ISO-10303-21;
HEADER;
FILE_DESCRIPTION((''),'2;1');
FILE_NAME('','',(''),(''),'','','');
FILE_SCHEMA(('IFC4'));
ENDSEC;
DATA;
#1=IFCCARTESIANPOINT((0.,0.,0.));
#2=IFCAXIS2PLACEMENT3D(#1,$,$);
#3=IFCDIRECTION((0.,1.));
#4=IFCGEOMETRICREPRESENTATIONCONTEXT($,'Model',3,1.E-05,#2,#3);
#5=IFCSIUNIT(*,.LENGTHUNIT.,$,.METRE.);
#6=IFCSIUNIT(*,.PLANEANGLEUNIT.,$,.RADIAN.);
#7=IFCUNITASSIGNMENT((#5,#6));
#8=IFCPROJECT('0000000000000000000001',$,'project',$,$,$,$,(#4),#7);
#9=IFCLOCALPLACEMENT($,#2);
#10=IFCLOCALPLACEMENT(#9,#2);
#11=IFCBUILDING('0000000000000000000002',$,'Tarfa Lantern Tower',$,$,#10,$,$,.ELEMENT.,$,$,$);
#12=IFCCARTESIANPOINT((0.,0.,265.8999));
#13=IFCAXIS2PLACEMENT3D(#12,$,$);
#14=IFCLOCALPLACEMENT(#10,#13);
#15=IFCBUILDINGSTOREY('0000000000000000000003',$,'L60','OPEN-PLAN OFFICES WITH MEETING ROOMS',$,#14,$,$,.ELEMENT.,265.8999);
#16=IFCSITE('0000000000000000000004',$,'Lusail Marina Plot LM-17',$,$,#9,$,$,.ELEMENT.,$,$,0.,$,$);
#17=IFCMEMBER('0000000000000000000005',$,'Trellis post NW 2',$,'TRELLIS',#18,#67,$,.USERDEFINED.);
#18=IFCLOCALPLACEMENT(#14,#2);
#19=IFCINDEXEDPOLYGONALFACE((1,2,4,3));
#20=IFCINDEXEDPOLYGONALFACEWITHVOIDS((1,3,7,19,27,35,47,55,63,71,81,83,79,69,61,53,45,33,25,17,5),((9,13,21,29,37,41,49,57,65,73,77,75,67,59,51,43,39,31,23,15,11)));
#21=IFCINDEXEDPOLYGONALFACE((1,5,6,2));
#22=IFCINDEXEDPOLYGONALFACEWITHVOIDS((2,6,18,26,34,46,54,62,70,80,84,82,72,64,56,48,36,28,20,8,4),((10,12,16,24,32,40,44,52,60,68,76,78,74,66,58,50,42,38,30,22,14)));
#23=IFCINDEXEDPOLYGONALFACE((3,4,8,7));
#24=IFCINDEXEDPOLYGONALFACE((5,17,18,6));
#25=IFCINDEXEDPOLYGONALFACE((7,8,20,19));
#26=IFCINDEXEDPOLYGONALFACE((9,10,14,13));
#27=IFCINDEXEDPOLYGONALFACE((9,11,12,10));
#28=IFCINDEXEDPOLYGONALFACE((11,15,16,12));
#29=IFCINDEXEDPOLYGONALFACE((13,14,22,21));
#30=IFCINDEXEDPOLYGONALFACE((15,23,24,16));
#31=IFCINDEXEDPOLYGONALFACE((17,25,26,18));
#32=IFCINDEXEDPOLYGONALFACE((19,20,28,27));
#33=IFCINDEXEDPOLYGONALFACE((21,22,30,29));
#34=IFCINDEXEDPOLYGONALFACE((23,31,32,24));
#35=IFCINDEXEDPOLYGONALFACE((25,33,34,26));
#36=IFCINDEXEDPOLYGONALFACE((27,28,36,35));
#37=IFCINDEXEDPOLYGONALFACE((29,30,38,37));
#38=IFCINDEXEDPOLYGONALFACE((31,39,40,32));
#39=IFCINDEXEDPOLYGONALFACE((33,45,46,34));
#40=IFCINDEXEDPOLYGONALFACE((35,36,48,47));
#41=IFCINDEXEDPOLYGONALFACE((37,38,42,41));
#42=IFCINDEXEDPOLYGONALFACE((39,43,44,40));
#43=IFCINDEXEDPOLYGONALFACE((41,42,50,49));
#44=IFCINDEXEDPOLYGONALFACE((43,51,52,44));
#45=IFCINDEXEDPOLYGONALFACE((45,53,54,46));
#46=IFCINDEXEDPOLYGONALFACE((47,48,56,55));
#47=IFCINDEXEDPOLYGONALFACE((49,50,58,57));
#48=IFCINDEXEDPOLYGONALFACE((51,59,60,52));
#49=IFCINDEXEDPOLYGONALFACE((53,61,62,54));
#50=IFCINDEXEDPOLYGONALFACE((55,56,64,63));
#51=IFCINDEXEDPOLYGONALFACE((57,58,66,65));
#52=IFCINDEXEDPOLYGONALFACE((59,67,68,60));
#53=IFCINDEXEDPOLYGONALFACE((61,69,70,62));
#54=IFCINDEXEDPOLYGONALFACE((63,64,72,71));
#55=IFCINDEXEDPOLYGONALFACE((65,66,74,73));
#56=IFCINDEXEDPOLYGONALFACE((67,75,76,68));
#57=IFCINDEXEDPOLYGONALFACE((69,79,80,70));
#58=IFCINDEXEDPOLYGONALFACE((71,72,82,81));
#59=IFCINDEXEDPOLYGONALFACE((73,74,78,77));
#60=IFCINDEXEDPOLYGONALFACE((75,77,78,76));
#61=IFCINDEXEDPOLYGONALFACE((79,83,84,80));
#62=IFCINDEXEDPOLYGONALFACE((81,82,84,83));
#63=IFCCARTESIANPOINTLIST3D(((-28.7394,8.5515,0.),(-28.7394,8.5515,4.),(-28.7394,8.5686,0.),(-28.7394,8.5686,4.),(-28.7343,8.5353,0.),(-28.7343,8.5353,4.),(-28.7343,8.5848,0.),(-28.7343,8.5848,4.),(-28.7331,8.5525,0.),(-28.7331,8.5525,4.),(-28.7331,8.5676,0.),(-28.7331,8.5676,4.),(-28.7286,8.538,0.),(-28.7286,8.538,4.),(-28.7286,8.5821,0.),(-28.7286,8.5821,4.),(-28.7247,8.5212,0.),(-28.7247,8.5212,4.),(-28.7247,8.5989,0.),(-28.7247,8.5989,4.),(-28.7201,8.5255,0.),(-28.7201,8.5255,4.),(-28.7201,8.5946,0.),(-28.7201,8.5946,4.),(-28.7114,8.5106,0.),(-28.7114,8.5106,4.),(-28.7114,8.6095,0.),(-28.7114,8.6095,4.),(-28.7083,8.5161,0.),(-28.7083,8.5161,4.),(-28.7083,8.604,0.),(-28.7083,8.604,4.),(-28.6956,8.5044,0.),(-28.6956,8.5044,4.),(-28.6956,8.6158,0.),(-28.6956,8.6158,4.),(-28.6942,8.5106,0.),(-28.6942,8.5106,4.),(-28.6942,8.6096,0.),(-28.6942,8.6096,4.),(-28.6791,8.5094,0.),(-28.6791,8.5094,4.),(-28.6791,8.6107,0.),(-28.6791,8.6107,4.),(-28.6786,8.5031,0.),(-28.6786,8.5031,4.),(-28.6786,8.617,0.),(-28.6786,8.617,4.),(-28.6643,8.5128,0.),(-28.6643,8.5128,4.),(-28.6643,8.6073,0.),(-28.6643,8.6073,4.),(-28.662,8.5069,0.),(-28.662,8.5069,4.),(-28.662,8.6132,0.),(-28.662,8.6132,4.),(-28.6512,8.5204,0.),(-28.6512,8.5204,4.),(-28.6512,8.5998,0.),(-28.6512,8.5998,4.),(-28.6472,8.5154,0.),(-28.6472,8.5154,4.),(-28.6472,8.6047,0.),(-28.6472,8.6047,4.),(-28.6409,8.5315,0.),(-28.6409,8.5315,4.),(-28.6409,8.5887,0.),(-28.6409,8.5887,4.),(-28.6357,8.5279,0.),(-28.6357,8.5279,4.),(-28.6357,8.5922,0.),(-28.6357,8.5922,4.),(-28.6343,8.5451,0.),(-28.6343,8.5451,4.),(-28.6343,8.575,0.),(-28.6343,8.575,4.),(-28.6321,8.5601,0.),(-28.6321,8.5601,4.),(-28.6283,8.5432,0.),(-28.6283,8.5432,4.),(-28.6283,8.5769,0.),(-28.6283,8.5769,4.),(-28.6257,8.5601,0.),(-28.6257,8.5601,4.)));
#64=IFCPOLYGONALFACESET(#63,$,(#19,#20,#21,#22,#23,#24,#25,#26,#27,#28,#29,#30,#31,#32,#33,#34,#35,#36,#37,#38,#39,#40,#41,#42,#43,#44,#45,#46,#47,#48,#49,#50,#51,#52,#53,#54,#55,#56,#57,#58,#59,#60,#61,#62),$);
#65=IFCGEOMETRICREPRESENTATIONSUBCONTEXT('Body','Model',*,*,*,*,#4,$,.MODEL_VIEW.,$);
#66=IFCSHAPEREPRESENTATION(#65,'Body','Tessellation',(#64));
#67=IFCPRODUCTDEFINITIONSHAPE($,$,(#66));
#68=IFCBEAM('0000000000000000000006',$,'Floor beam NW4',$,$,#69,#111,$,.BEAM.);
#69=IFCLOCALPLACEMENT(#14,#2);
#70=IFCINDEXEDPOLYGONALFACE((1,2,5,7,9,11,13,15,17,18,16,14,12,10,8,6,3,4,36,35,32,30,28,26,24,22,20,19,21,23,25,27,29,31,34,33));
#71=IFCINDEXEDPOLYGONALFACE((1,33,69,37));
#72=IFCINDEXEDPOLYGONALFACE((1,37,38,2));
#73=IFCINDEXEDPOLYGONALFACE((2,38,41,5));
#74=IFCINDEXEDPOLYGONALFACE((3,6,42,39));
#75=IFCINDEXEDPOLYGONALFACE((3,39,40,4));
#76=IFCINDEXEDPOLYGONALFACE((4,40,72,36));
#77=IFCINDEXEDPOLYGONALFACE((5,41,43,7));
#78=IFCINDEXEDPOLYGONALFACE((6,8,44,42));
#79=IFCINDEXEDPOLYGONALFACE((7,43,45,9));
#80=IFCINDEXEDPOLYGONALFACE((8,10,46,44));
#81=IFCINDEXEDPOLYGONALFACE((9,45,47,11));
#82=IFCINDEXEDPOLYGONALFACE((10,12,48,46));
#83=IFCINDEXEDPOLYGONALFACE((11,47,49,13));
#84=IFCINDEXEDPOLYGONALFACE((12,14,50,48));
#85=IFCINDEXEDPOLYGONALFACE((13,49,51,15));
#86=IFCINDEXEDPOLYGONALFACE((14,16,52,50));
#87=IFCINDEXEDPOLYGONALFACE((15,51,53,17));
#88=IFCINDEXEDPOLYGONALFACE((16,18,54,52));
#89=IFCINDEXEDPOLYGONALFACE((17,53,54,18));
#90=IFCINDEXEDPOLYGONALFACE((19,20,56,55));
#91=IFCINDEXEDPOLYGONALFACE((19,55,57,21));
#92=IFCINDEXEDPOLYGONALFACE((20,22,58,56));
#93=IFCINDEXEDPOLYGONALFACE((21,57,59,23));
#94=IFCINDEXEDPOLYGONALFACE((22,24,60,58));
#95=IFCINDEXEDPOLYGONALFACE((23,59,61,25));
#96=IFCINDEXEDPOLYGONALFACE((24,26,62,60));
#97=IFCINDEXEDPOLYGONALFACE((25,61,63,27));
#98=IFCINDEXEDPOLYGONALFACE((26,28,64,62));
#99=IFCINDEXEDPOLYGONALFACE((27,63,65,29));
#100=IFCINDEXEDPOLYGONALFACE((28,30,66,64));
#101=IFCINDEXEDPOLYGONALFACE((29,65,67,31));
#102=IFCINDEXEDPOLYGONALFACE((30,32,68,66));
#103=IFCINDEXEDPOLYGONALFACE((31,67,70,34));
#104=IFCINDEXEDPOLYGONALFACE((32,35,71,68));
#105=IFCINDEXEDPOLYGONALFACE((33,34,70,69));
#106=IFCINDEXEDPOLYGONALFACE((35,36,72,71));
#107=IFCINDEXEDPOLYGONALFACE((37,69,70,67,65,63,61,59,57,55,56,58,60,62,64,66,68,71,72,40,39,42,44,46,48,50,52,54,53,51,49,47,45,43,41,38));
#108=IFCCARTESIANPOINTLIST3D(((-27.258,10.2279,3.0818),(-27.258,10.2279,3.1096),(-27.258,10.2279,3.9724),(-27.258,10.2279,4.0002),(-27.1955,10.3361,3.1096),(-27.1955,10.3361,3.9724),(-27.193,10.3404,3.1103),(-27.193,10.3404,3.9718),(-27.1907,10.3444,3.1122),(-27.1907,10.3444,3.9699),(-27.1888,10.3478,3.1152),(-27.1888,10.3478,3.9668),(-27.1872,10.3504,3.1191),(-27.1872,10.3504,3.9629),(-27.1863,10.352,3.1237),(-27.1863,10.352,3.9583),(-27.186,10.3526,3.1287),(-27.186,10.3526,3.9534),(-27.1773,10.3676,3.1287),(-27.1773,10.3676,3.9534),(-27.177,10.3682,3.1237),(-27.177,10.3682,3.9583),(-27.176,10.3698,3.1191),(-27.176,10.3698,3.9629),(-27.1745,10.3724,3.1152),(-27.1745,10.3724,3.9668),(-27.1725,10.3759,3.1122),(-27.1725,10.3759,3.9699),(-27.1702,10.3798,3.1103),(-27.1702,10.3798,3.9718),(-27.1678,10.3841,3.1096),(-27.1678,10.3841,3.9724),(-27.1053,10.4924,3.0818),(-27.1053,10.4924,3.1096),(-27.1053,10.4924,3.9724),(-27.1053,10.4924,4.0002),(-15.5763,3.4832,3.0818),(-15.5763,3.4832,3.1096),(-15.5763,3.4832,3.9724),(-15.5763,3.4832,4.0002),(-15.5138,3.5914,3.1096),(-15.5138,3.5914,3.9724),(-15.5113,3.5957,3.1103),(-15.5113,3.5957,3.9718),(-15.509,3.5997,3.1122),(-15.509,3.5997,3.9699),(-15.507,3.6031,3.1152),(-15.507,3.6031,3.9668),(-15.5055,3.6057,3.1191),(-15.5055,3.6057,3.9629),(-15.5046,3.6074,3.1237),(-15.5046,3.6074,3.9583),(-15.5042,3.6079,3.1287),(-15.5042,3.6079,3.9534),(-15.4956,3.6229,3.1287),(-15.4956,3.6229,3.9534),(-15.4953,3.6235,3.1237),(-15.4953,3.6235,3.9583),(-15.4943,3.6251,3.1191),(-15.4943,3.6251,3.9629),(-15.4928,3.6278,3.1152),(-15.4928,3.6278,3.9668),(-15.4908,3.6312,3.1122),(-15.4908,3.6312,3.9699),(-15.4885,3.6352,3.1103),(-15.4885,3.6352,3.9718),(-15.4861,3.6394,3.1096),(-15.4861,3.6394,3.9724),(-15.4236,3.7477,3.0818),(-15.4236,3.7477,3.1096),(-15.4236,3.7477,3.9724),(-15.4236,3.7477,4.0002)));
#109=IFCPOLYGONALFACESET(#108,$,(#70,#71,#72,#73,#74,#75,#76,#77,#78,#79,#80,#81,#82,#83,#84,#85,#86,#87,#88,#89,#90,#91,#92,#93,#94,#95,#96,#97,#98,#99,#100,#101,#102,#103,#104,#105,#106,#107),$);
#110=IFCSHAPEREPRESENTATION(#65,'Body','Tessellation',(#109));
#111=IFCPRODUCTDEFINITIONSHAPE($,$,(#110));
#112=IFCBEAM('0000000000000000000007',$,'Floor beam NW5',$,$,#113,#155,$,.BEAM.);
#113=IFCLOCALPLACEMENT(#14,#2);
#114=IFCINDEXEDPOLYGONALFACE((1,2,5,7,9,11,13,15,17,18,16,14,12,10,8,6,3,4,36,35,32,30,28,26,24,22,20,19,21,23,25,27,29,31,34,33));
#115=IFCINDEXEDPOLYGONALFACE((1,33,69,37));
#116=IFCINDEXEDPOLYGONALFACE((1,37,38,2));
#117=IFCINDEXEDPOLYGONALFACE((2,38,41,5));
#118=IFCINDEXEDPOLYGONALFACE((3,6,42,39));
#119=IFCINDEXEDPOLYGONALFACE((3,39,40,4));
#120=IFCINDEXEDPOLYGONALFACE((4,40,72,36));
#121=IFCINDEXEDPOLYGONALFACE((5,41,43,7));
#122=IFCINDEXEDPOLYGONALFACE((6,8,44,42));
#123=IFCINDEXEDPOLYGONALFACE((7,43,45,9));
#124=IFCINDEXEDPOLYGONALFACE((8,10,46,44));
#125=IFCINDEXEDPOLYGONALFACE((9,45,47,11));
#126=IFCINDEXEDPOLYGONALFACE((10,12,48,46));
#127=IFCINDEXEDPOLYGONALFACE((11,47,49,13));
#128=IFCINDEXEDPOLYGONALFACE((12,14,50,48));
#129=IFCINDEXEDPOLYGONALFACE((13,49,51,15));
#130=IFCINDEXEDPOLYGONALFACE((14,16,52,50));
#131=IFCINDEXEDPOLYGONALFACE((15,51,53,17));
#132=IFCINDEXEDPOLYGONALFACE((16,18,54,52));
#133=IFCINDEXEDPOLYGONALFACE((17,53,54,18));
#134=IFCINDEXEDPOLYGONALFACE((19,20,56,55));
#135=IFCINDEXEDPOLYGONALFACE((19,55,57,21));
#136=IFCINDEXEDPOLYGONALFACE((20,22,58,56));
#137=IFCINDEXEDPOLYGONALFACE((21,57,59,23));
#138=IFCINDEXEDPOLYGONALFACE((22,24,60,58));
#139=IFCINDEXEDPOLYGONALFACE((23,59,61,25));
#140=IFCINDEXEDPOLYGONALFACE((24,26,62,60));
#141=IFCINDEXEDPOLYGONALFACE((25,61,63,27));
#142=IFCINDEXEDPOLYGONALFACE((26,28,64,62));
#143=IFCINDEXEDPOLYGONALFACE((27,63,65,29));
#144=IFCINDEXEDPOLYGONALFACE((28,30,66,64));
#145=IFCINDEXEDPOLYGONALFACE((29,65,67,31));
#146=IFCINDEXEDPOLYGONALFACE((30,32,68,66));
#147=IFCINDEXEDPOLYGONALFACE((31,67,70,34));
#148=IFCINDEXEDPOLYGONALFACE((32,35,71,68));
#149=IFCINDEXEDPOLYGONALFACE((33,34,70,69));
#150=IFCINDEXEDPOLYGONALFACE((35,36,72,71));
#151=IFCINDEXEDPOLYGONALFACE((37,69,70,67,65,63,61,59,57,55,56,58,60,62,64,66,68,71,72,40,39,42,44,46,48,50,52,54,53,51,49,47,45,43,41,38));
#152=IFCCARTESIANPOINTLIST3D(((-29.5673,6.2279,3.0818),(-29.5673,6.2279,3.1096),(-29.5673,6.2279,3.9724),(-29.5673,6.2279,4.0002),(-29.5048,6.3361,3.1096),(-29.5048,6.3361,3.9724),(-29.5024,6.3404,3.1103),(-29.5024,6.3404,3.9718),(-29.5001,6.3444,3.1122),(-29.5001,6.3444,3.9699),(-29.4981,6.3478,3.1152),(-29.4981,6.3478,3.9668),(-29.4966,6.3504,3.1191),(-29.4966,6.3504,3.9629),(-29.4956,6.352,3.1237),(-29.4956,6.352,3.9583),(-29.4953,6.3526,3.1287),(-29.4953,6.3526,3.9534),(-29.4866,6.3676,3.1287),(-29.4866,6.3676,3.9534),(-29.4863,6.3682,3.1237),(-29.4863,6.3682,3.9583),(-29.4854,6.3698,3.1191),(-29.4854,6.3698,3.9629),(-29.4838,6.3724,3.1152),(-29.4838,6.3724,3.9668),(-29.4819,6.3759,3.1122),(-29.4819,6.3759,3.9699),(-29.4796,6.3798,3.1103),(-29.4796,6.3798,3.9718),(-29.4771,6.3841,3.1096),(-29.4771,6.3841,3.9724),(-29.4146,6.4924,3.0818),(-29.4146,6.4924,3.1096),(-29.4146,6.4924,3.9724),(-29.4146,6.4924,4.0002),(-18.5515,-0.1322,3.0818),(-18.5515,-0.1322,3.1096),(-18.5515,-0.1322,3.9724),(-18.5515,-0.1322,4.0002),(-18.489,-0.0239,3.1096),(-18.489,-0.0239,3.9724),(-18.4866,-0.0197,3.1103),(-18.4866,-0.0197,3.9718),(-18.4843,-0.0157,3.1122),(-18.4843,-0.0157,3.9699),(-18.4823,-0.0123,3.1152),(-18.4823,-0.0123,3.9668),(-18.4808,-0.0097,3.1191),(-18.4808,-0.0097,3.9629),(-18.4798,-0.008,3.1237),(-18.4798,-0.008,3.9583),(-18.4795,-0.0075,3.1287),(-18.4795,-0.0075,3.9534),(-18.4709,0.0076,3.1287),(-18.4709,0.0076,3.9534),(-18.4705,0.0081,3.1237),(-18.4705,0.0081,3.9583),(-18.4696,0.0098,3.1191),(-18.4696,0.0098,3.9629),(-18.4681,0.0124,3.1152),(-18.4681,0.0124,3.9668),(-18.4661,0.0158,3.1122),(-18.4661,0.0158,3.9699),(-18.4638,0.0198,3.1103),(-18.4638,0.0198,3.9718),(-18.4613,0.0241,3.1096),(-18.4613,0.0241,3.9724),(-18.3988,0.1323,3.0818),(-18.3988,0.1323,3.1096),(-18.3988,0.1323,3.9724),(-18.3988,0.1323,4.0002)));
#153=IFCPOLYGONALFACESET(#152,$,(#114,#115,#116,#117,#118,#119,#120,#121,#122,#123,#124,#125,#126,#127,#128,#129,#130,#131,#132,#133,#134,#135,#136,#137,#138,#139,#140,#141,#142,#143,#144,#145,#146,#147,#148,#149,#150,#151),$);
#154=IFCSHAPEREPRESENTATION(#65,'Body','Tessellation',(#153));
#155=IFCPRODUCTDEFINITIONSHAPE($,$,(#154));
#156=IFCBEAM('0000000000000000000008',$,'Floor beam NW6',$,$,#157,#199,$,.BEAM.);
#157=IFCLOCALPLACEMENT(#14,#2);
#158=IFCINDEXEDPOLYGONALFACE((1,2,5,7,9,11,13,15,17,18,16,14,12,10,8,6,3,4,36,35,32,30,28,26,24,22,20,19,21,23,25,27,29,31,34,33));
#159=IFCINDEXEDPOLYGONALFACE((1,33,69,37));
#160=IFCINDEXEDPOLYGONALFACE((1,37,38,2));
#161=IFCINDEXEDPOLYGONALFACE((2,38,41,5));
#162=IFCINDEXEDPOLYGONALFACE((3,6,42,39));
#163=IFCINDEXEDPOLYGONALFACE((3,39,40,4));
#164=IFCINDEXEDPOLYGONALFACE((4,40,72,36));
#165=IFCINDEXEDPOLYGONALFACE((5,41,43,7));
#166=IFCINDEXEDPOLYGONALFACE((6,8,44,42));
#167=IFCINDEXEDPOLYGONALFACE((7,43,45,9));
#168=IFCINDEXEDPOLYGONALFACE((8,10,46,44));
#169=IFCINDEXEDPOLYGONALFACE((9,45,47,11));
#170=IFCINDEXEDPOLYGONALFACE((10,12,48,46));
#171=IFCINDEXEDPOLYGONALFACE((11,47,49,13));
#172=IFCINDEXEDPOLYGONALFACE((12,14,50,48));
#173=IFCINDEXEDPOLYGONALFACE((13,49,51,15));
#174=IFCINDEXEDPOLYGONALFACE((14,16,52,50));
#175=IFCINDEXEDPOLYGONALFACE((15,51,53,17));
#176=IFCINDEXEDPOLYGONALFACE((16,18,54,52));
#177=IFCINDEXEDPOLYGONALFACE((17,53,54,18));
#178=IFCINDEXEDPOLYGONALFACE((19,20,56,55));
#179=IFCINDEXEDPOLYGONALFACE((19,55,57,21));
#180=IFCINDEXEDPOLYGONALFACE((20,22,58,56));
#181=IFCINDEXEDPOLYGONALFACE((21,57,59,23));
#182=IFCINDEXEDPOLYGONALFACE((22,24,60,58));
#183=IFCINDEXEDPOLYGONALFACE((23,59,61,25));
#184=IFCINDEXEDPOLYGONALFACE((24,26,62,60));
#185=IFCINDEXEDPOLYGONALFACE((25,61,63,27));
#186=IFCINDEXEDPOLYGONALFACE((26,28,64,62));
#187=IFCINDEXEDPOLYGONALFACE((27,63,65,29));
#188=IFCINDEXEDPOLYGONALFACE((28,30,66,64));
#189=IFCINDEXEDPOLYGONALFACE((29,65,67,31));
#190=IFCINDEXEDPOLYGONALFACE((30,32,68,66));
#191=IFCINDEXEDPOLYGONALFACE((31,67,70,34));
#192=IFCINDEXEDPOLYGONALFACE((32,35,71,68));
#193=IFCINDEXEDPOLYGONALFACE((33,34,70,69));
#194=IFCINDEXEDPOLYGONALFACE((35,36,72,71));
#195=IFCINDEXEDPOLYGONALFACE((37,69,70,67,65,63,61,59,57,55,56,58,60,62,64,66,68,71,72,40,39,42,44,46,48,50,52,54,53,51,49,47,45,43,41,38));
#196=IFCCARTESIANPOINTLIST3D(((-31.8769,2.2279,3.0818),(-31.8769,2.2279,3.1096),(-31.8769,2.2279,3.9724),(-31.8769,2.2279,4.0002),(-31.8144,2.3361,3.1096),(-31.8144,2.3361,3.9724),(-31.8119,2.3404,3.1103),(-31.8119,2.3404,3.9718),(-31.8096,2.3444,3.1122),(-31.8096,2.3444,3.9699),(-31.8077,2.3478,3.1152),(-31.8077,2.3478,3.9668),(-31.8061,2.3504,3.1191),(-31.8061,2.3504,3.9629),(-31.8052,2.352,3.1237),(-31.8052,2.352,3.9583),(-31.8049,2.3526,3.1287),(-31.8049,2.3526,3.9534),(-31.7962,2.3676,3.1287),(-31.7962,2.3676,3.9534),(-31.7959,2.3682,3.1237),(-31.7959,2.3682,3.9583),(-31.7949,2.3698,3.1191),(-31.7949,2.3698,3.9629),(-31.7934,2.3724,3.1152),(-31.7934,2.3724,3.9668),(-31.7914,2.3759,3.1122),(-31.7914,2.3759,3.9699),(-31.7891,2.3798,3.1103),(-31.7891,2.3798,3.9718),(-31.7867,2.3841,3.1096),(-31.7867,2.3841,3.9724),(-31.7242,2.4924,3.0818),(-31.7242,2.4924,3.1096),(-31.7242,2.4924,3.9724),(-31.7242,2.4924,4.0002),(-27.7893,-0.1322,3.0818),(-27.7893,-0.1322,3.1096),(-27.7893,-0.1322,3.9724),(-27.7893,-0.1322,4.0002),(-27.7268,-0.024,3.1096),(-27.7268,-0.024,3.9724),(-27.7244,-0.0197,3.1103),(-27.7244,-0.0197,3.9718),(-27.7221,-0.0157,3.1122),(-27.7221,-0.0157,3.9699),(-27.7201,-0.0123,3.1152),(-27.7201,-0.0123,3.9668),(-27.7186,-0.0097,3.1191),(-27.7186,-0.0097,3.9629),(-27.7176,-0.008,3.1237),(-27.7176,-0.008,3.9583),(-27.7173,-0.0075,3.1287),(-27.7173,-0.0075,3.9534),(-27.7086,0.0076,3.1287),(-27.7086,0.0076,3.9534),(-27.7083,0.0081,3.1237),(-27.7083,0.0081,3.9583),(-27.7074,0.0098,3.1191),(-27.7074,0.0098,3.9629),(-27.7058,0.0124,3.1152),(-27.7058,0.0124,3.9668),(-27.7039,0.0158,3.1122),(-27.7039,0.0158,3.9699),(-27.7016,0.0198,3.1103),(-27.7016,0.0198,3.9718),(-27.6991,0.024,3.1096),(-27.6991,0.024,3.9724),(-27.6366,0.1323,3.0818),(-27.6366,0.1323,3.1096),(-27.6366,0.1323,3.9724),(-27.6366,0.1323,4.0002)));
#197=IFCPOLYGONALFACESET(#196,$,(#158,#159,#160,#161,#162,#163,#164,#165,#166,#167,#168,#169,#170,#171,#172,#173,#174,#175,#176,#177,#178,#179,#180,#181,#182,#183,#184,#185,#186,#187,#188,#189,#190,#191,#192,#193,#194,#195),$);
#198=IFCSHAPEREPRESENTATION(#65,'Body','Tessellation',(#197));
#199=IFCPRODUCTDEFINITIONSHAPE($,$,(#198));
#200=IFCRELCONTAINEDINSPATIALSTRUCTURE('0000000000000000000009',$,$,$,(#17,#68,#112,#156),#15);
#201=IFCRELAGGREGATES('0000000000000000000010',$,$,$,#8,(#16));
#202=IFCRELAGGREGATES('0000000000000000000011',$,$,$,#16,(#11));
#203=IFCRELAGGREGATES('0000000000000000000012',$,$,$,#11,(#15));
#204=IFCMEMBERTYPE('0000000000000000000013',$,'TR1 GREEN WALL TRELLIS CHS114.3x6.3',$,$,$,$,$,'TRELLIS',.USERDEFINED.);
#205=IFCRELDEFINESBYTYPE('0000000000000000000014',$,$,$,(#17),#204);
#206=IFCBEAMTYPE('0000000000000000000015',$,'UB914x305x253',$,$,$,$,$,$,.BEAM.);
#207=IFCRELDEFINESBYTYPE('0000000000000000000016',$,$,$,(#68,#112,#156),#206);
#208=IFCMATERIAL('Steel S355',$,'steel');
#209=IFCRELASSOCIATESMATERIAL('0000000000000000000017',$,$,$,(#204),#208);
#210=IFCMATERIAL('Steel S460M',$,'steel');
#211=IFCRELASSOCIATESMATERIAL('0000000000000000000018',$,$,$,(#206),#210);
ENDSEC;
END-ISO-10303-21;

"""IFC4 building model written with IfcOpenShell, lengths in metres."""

from ifc_helpers import new_model, si_unit, direction, frame, origin, origin_2d, place, context, subcontext, project, spatial, hollow_circle, i_section, extrude, material, material_profile, profile_set, type_object, element, save


model = new_model("IFC4")

# Units and contexts
model_context = context("Model", 3, precision=1e-05, world=origin(), true_north=direction((0.0, 1.0)))
body_context = subcontext(model_context, "Body", "Model", "MODEL_VIEW")
ifc_project = project(units=[si_unit("LENGTHUNIT", "METRE"), si_unit("PLANEANGLEUNIT", "RADIAN")], contexts=[model_context])

# Site, building, storey
site_placement = place(None, origin())
site = spatial("IfcSite", under=ifc_project, at=site_placement, Name="Lusail Marina Plot LM-17", CompositionType="ELEMENT", RefElevation=0.0)
building_placement = place(site_placement, origin())
building = spatial("IfcBuilding", under=site, at=building_placement, Name="Tarfa Lantern Tower", CompositionType="ELEMENT")
storey_placement = place(building_placement, frame((0.0, 0.0, 265.8999)))
storey = spatial("IfcBuildingStorey", under=building, at=storey_placement, Name="L60", Description="OPEN-PLAN OFFICES WITH MEETING ROOMS", CompositionType="ELEMENT", Elevation=265.8999)

# Member
ifc_material_1 = material(Name="Steel S355", Category="steel")
ifc_material_profile_1 = material_profile(ifc_material_1, hollow_circle(Radius=0.0571, WallThickness=0.0063, at=origin_2d()), Name="CHS114.3x6.3")
ifc_profile_set_1 = profile_set([ifc_material_profile_1], Name="Steel S355")
member_type_1 = type_object("IfcMemberType", Name="TR1 GREEN WALL TRELLIS CHS114.3x6.3", ElementType="TRELLIS", PredefinedType="USERDEFINED", material=ifc_profile_set_1)
member_1_placement = place(storey_placement, frame((-28.6829, 8.5601, 0.0), z_axis=(0.0, 0.0, 1.0), x_axis=(1.0, 0.0, 0.0)))
element("IfcMember", 1, at=member_1_placement, inside=storey, type_object=member_type_1, Name="Trellis post NW 2", ObjectType="TRELLIS", PredefinedType="USERDEFINED", context=body_context, shape_type="SweptSolid", body=[
    extrude(hollow_circle(Radius=0.0571, WallThickness=0.0063, at=origin_2d()), origin(), (0.0, 0.0, 1.0), 4.0),
])

# Beams
ifc_material_2 = material(Name="Steel S460M", Category="steel")
ifc_material_profile_2 = material_profile(ifc_material_2, i_section(OverallWidth=0.3054, OverallDepth=0.9185, WebThickness=0.0173, FlangeThickness=0.0278, FilletRadius=0.019, at=origin_2d()), Name="UB914x305x253")
ifc_profile_set_2 = profile_set([ifc_material_profile_2], Name="Steel S460M")
beam_type_1 = type_object("IfcBeamType", Name="UB914x305x253", PredefinedType="BEAM", material=ifc_profile_set_2)
beam_1_placement = place(storey_placement, frame((-27.1816, 10.3601, 3.541), z_axis=(0.866018, -0.500013, 0.0), x_axis=(0.500013, 0.866018, 0.0)))
element("IfcBeam", 2, at=beam_1_placement, inside=storey, type_object=beam_type_1, Name="Floor beam NW4", PredefinedType="BEAM", context=body_context, shape_type="SweptSolid", body=[
    extrude(i_section(OverallWidth=0.3054, OverallDepth=0.9185, WebThickness=0.0173, FlangeThickness=0.0278, FilletRadius=0.019, at=origin_2d()), origin(), (0.0, 0.0, 1.0), 13.489),
])
beam_2_placement = place(storey_placement, frame((-29.491, 6.3601, 3.541), z_axis=(0.866022, -0.500005, 0.0), x_axis=(0.500005, 0.866022, 0.0)))
element("IfcBeam", 3, at=beam_2_placement, inside=storey, type_object=beam_type_1, Name="Floor beam NW5", PredefinedType="BEAM", context=body_context, shape_type="SweptSolid", body=[
    extrude(i_section(OverallWidth=0.3054, OverallDepth=0.9185, WebThickness=0.0173, FlangeThickness=0.0278, FilletRadius=0.019, at=origin_2d()), origin(), (0.0, 0.0, 1.0), 12.72),
])
beam_3_placement = place(storey_placement, frame((-31.8005, 2.3601, 3.541), z_axis=(0.866016, -0.500016, 0.0), x_axis=(0.500016, 0.866016, 0.0)))
element("IfcBeam", 4, at=beam_3_placement, inside=storey, type_object=beam_type_1, Name="Floor beam NW6", PredefinedType="BEAM", context=body_context, shape_type="SweptSolid", body=[
    extrude(i_section(OverallWidth=0.3054, OverallDepth=0.9185, WebThickness=0.0173, FlangeThickness=0.0278, FilletRadius=0.019, at=origin_2d()), origin(), (0.0, 0.0, 1.0), 4.72),
])

save(model, "model.ifc")
